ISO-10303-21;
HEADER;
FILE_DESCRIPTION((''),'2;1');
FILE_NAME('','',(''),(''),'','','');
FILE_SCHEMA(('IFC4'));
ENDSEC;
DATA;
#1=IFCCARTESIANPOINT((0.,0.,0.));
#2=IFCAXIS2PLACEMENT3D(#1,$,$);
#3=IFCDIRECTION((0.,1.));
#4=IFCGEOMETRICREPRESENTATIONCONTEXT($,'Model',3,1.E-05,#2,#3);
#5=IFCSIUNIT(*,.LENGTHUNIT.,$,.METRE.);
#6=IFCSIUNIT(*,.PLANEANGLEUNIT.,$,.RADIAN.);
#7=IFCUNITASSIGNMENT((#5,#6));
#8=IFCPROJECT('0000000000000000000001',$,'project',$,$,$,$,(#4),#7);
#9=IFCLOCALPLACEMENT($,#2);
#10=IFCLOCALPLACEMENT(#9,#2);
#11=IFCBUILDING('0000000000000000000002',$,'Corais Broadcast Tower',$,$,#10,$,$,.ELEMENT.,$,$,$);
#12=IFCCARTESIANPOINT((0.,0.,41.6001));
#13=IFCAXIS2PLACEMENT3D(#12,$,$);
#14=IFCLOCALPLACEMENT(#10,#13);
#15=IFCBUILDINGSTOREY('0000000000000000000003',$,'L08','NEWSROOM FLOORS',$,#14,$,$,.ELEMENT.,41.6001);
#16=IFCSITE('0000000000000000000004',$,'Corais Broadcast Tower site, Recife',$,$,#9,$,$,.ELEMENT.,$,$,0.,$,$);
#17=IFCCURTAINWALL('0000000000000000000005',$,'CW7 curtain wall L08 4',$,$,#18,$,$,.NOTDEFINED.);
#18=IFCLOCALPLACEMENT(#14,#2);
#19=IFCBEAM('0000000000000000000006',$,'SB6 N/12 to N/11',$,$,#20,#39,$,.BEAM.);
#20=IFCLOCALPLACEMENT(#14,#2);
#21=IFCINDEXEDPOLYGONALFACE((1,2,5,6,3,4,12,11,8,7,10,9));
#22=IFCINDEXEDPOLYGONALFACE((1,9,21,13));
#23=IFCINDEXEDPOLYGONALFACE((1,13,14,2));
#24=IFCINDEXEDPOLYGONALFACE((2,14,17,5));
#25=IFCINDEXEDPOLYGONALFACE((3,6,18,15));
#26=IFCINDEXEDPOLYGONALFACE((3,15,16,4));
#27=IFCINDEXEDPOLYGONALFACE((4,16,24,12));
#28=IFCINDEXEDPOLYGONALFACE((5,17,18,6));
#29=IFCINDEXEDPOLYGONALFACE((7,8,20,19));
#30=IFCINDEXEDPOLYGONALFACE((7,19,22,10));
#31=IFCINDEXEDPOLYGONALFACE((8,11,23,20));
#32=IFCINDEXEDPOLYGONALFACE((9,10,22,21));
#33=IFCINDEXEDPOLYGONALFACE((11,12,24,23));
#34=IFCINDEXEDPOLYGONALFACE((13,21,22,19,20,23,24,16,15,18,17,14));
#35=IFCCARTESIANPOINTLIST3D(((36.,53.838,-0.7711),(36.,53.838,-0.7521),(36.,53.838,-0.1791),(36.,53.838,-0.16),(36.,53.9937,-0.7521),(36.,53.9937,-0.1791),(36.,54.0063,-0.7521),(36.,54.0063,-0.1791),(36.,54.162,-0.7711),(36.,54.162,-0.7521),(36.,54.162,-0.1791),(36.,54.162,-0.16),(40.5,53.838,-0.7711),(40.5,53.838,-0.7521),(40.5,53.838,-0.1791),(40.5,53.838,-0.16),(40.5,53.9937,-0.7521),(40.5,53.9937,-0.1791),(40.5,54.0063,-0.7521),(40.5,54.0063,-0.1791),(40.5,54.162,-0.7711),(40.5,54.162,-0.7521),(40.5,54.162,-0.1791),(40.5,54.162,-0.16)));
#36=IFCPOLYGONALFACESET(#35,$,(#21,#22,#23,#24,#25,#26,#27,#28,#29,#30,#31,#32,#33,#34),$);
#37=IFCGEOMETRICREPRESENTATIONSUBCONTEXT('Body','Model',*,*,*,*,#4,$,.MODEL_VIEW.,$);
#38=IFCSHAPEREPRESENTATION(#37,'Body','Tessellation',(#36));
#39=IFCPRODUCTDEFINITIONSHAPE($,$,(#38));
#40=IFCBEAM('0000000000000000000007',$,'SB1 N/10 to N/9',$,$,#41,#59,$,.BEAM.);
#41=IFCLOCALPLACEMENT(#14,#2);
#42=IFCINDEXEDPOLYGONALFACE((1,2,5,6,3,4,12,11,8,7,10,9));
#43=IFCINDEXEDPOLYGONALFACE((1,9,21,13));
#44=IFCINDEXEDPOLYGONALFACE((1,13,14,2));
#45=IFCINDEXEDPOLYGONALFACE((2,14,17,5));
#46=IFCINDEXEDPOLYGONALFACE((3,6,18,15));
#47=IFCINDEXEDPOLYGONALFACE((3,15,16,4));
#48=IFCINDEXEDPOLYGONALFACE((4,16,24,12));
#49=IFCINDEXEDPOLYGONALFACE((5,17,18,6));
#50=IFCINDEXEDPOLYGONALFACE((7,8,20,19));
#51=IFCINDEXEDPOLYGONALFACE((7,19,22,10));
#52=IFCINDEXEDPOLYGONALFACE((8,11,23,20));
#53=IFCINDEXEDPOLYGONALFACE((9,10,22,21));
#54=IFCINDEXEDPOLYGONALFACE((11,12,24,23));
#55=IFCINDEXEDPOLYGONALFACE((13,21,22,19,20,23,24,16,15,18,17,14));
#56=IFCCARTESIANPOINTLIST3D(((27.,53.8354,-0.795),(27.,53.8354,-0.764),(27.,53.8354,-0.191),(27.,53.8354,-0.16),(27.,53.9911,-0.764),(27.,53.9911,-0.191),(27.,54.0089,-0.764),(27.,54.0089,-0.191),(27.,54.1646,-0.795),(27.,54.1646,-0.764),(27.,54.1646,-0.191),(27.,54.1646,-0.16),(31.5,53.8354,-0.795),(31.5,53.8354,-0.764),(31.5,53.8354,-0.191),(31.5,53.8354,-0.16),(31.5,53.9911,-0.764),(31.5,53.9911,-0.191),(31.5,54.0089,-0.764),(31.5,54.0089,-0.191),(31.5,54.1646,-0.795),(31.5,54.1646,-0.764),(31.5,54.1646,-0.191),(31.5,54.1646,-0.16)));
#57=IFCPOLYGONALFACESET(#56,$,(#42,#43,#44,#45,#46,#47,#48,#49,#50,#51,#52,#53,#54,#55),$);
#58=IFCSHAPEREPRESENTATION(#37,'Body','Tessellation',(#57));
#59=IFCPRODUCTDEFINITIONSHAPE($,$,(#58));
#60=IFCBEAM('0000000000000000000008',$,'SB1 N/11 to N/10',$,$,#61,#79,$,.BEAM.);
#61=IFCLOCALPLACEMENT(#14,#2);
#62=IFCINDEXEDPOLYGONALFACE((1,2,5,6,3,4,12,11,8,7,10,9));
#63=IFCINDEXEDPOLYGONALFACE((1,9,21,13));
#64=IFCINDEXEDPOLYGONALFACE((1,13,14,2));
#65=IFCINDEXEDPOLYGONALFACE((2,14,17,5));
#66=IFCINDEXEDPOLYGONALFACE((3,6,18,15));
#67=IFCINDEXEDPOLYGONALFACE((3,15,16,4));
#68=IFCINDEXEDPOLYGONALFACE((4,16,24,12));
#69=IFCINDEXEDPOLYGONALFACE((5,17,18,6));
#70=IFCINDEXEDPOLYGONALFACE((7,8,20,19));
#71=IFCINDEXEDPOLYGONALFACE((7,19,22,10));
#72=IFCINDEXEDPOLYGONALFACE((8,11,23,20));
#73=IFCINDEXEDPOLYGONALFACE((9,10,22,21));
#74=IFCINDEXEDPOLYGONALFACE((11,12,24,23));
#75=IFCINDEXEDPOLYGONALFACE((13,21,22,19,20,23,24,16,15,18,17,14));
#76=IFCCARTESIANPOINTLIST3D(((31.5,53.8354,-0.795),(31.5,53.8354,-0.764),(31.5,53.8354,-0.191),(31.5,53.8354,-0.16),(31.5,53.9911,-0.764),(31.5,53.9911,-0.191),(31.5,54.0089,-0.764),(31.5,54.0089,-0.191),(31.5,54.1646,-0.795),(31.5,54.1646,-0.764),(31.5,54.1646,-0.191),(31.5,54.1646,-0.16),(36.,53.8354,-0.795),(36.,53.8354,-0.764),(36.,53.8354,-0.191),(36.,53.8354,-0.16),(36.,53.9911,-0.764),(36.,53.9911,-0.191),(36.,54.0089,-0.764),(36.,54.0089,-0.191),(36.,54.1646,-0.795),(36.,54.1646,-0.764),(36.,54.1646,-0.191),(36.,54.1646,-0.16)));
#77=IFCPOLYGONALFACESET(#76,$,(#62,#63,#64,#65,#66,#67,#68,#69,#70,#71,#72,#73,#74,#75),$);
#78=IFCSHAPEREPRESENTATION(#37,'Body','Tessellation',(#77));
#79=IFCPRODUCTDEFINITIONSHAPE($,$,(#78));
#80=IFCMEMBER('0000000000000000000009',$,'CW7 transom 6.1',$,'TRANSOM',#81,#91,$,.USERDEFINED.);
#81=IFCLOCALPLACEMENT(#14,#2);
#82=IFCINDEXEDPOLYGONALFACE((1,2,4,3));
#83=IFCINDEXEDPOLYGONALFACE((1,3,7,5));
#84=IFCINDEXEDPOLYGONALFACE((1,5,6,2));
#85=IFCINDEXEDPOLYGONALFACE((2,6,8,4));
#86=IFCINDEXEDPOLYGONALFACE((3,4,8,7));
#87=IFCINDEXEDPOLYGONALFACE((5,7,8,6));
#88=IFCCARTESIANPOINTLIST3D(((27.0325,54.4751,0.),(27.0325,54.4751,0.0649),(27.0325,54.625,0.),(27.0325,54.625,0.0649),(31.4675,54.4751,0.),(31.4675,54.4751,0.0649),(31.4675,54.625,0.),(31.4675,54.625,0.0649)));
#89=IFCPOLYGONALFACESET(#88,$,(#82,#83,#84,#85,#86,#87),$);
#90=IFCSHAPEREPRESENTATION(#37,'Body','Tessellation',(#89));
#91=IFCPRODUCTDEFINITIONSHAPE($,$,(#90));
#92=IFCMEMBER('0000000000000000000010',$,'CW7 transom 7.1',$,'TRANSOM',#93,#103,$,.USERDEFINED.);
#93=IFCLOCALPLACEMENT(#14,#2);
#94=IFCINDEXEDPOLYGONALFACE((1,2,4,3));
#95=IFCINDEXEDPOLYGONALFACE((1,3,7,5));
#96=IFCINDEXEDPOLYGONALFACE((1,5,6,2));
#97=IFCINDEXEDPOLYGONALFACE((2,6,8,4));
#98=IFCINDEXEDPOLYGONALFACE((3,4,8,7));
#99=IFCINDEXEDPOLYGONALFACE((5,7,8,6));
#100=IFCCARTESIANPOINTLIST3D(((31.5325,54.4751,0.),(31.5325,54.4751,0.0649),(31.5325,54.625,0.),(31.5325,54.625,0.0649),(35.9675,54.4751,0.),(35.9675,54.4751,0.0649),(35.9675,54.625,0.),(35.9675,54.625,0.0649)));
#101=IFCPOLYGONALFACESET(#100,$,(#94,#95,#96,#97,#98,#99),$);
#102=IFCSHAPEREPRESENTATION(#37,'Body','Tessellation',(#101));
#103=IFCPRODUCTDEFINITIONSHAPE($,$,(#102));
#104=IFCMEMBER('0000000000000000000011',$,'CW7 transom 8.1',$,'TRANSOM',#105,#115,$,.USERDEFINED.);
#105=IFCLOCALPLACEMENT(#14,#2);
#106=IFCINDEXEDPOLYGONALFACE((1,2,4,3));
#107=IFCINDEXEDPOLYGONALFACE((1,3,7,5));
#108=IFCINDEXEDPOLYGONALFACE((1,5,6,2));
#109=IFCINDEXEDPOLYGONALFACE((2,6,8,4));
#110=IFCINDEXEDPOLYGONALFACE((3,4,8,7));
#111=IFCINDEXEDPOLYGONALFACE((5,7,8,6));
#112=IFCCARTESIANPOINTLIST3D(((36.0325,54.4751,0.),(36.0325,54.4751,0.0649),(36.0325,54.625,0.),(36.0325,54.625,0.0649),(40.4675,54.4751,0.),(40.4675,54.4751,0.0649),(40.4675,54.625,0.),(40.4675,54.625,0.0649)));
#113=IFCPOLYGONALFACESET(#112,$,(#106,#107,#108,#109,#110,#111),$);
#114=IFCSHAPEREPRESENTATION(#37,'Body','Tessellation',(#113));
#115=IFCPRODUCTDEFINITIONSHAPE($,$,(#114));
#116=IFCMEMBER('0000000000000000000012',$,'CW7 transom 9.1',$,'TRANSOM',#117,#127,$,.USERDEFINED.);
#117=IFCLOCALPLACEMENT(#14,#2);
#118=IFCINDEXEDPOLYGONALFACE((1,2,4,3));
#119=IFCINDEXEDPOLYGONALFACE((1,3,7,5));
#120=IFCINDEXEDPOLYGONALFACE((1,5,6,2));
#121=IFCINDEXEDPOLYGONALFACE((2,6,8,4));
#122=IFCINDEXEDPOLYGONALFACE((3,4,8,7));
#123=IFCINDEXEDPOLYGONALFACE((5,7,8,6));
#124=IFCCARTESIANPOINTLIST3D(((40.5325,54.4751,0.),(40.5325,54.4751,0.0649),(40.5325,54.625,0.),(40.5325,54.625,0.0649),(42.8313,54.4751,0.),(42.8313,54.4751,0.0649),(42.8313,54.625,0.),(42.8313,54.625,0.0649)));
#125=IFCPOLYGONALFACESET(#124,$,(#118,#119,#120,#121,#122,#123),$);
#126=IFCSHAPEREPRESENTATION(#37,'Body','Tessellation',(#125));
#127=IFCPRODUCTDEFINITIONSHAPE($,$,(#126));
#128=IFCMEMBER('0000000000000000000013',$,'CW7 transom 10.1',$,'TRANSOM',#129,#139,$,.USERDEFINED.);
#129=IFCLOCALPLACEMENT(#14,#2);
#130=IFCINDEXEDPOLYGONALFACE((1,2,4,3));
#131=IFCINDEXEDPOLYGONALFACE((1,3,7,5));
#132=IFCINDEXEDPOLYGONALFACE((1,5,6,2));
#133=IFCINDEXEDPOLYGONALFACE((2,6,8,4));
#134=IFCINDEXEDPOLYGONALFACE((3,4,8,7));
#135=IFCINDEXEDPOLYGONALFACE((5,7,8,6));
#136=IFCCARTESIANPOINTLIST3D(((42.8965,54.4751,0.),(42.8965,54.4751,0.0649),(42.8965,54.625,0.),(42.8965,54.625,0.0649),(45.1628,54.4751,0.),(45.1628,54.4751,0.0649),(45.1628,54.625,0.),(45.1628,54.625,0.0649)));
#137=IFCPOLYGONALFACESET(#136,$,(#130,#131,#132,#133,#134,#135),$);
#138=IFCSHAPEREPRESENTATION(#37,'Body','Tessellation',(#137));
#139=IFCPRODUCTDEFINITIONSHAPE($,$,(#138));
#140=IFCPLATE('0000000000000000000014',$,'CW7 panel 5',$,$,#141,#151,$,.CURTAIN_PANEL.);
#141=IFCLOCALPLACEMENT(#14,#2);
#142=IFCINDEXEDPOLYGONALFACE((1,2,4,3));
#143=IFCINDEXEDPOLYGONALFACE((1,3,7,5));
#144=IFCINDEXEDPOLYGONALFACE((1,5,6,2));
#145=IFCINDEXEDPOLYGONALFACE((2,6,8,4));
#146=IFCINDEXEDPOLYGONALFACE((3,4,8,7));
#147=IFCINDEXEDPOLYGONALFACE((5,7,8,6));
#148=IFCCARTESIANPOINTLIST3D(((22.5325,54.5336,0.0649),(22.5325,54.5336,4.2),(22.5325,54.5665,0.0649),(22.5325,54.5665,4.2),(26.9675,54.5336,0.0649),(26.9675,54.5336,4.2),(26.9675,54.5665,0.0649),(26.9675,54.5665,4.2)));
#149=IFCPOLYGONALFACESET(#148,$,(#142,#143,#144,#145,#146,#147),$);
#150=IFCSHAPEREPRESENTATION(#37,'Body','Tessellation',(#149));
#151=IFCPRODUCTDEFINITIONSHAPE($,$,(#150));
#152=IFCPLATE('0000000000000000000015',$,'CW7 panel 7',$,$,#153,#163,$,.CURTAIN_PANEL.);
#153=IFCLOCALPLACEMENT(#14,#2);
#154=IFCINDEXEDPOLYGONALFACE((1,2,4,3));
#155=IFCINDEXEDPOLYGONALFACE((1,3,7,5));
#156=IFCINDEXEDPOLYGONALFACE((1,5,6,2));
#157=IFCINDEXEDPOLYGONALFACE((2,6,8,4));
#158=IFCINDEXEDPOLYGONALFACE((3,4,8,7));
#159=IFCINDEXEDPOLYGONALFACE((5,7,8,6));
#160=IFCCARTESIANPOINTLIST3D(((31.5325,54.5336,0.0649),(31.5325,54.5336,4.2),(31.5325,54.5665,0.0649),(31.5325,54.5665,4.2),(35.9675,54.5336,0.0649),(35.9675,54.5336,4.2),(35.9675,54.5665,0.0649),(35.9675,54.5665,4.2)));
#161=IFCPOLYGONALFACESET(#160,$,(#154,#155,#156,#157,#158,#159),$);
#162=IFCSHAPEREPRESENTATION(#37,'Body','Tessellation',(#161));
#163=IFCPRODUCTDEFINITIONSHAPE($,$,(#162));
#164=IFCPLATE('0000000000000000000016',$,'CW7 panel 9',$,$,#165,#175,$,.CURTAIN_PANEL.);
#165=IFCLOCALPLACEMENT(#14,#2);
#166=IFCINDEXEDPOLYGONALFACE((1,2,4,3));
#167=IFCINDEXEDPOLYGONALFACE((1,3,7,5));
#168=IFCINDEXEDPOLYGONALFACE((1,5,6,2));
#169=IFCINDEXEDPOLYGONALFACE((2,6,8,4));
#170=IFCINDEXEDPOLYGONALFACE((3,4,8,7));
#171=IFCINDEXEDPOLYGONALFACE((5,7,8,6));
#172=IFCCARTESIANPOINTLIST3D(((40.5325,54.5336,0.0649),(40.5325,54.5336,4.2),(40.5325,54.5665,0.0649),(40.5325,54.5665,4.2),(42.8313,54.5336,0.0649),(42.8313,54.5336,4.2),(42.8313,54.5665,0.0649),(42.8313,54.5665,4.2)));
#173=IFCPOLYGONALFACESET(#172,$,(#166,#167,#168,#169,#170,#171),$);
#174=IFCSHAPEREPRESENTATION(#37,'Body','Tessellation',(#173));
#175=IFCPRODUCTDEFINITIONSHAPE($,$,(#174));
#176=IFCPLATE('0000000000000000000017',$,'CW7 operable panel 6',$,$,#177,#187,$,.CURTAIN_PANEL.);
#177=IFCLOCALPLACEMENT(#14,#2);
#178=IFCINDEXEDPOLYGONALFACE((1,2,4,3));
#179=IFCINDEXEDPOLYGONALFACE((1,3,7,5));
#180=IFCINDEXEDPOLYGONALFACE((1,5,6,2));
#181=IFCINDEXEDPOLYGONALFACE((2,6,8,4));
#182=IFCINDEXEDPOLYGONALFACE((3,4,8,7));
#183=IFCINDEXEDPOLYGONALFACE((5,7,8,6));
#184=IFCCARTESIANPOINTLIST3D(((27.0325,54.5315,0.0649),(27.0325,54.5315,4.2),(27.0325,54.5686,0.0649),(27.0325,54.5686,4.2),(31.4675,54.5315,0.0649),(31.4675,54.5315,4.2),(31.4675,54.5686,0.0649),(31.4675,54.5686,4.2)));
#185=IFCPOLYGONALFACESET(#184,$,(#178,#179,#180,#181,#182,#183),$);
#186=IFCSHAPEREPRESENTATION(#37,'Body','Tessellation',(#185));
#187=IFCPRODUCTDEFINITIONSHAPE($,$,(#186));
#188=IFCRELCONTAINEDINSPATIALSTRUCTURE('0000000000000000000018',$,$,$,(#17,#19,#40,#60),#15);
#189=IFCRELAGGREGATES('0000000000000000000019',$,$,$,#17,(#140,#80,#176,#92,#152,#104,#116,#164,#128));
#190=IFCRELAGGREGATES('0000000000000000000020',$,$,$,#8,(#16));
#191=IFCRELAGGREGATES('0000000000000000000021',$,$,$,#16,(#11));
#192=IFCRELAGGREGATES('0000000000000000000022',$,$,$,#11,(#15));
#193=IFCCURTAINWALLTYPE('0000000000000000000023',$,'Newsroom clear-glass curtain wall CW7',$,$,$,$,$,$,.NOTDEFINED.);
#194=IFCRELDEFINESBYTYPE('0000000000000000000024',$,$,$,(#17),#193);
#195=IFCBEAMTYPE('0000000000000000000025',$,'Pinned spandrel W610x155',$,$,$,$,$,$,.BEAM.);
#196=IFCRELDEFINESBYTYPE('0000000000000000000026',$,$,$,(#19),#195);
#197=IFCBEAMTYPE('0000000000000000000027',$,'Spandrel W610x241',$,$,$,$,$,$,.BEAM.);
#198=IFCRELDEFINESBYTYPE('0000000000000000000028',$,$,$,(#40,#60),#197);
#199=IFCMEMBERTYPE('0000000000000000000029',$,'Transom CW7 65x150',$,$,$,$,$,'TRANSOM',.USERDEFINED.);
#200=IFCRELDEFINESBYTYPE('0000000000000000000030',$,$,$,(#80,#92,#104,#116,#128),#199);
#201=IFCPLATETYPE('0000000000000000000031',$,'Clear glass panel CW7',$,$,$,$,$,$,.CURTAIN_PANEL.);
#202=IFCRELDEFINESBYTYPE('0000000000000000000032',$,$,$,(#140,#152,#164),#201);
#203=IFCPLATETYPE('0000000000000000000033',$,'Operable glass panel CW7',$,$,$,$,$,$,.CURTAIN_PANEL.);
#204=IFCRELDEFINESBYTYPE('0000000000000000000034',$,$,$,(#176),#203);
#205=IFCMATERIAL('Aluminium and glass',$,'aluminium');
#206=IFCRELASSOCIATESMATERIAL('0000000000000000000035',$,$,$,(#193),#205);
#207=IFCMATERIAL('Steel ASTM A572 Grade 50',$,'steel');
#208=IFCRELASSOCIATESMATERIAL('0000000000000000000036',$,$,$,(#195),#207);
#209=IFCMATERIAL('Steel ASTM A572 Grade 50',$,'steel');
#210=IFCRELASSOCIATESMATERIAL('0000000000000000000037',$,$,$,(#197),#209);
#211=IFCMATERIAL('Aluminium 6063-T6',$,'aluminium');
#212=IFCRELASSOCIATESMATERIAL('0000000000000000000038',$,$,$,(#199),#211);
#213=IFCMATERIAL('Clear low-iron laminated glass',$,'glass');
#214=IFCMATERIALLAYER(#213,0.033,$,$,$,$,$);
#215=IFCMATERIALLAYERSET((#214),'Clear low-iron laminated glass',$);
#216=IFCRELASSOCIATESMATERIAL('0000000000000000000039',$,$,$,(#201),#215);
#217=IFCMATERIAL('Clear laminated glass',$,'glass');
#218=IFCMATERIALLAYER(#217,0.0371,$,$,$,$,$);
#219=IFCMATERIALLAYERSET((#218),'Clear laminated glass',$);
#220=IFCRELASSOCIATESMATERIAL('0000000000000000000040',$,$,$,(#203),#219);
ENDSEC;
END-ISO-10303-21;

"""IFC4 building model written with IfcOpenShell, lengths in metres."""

from ifc_helpers import new_model, si_unit, direction, frame, origin, origin_2d, place, context, subcontext, project, spatial, rectangle, i_section, extrude, material, layer, layer_set, material_profile, profile_set, type_object, element, aggregate, save


model = new_model("IFC4")

# Units and contexts
model_context = context("Model", 3, precision=1e-05, world=origin(), true_north=direction((0.0, 1.0)))
body_context = subcontext(model_context, "Body", "Model", "MODEL_VIEW")
ifc_project = project(units=[si_unit("LENGTHUNIT", "METRE"), si_unit("PLANEANGLEUNIT", "RADIAN")], contexts=[model_context])

# Site, building, storey
site_placement = place(None, origin())
site = spatial("IfcSite", under=ifc_project, at=site_placement, Name="Corais Broadcast Tower site, Recife", CompositionType="ELEMENT", RefElevation=0.0)
building_placement = place(site_placement, origin())
building = spatial("IfcBuilding", under=site, at=building_placement, Name="Corais Broadcast Tower", CompositionType="ELEMENT")
storey_placement = place(building_placement, frame((0.0, 0.0, 41.6001)))
storey = spatial("IfcBuildingStorey", under=building, at=storey_placement, Name="L08", Description="NEWSROOM FLOORS", CompositionType="ELEMENT", Elevation=41.6001)

# Curtain wall
ifc_material_1 = material(Name="Aluminium and glass", Category="aluminium")
curtain_wall_type = type_object("IfcCurtainWallType", Name="Newsroom clear-glass curtain wall CW7", PredefinedType="NOTDEFINED", material=ifc_material_1)
curtain_wall_placement = place(storey_placement, origin())
curtain_wall = element("IfcCurtainWall", 1, at=curtain_wall_placement, inside=storey, type_object=curtain_wall_type, Name="CW7 curtain wall L08 4", PredefinedType="NOTDEFINED")

# Beams
ifc_material_2 = material(Name="Steel ASTM A572 Grade 50", Category="steel")
ifc_material_profile_1 = material_profile(ifc_material_2, i_section(OverallWidth=0.324, OverallDepth=0.6111, WebThickness=0.0127, FlangeThickness=0.019, at=origin_2d()), Name="W610x155")
ifc_profile_set_1 = profile_set([ifc_material_profile_1], Name="Steel ASTM A572 Grade 50")
beam_type_1 = type_object("IfcBeamType", Name="Pinned spandrel W610x155", PredefinedType="BEAM", material=ifc_profile_set_1)
beam_placement = place(storey_placement, frame((40.5, 54.0, -0.4656), z_axis=(-1.0, 0.0, 0.0), x_axis=(0.0, -1.0, 0.0)))
element("IfcBeam", 2, at=beam_placement, inside=storey, type_object=beam_type_1, Name="SB6 N/12 to N/11", PredefinedType="BEAM", context=body_context, shape_type="SweptSolid", body=[
    extrude(i_section(OverallWidth=0.324, OverallDepth=0.6111, WebThickness=0.0127, FlangeThickness=0.019, at=origin_2d()), origin(), (0.0, 0.0, 1.0), 4.5),
])
ifc_material_3 = material(Name="Steel ASTM A572 Grade 50", Category="steel")
ifc_material_profile_2 = material_profile(ifc_material_3, i_section(OverallWidth=0.3291, OverallDepth=0.635, WebThickness=0.0178, FlangeThickness=0.031, at=origin_2d()), Name="W610x241")
ifc_profile_set_2 = profile_set([ifc_material_profile_2], Name="Steel ASTM A572 Grade 50")
beam_type_2 = type_object("IfcBeamType", Name="Spandrel W610x241", PredefinedType="BEAM", material=ifc_profile_set_2)
for number, where, z_axis, x_axis, name in (
    (3, (31.5, 54.0, -0.4775), (-1.0, 0.0, 0.0), (0.0, -1.0, 0.0), "SB1 N/10 to N/9"),
    (4, (36.0, 54.0, -0.4775), (-1.0, 0.0, 0.0), (0.0, -1.0, 0.0), "SB1 N/11 to N/10"),
):
    element("IfcBeam", number, at=place(storey_placement, frame(where, z_axis=z_axis, x_axis=x_axis)), inside=storey, type_object=beam_type_2, Name=name, PredefinedType="BEAM", context=body_context, shape_type="SweptSolid", body=[
        extrude(i_section(OverallWidth=0.3291, OverallDepth=0.635, WebThickness=0.0178, FlangeThickness=0.031, at=origin_2d()), origin(), (0.0, 0.0, 1.0), 4.5),
    ])

# Members
ifc_material_4 = material(Name="Aluminium 6063-T6", Category="aluminium")
ifc_material_profile_3 = material_profile(ifc_material_4, rectangle(XDim=0.1499, YDim=0.0649, at=origin_2d()), Name="Transom CW7 65x150")
ifc_profile_set_3 = profile_set([ifc_material_profile_3], Name="Aluminium 6063-T6")
member_type_1 = type_object("IfcMemberType", Name="Transom CW7 65x150", ElementType="TRANSOM", PredefinedType="USERDEFINED", material=ifc_profile_set_3)
member_1_placement = place(storey_placement, frame((27.0325, 54.55, 0.0325), z_axis=(1.0, 0.0, 0.0), x_axis=(0.0, 1.0, 0.0)))
member_1 = element("IfcMember", 5, at=member_1_placement, type_object=member_type_1, Name="CW7 transom 6.1", ObjectType="TRANSOM", PredefinedType="USERDEFINED", context=body_context, shape_type="SweptSolid", body=[
    extrude(rectangle(XDim=0.1499, YDim=0.0649, at=origin_2d()), origin(), (0.0, 0.0, 1.0), 4.4351),
])
member_2_placement = place(storey_placement, frame((31.5325, 54.55, 0.0325), z_axis=(1.0, 0.0, 0.0), x_axis=(0.0, 1.0, 0.0)))
member_2 = element("IfcMember", 6, at=member_2_placement, type_object=member_type_1, Name="CW7 transom 7.1", ObjectType="TRANSOM", PredefinedType="USERDEFINED", context=body_context, shape_type="SweptSolid", body=[
    extrude(rectangle(XDim=0.1499, YDim=0.0649, at=origin_2d()), origin(), (0.0, 0.0, 1.0), 4.4351),
])
member_3_placement = place(storey_placement, frame((36.0325, 54.55, 0.0325), z_axis=(1.0, 0.0, 0.0), x_axis=(0.0, 1.0, 0.0)))
member_3 = element("IfcMember", 7, at=member_3_placement, type_object=member_type_1, Name="CW7 transom 8.1", ObjectType="TRANSOM", PredefinedType="USERDEFINED", context=body_context, shape_type="SweptSolid", body=[
    extrude(rectangle(XDim=0.1499, YDim=0.0649, at=origin_2d()), origin(), (0.0, 0.0, 1.0), 4.4351),
])
member_4_placement = place(storey_placement, frame((40.5325, 54.55, 0.0325), z_axis=(1.0, 0.0, 0.0), x_axis=(0.0, 1.0, 0.0)))
member_4 = element("IfcMember", 8, at=member_4_placement, type_object=member_type_1, Name="CW7 transom 9.1", ObjectType="TRANSOM", PredefinedType="USERDEFINED", context=body_context, shape_type="SweptSolid", body=[
    extrude(rectangle(XDim=0.1499, YDim=0.0649, at=origin_2d()), origin(), (0.0, 0.0, 1.0), 2.2988),
])
member_5_placement = place(storey_placement, frame((42.8965, 54.55, 0.0325), z_axis=(1.0, 0.0, 0.0), x_axis=(0.0, 1.0, 0.0)))
member_5 = element("IfcMember", 9, at=member_5_placement, type_object=member_type_1, Name="CW7 transom 10.1", ObjectType="TRANSOM", PredefinedType="USERDEFINED", context=body_context, shape_type="SweptSolid", body=[
    extrude(rectangle(XDim=0.1499, YDim=0.0649, at=origin_2d()), origin(), (0.0, 0.0, 1.0), 2.2664),
])

# Plates
ifc_material_5 = material(Name="Clear low-iron laminated glass", Category="glass")
ifc_layer_1 = layer(ifc_material_5, 0.033)
ifc_layer_set_1 = layer_set([ifc_layer_1], Name="Clear low-iron laminated glass")
plate_type_1 = type_object("IfcPlateType", Name="Clear glass panel CW7", PredefinedType="CURTAIN_PANEL", material=ifc_layer_set_1)
plate_1_placement = place(storey_placement, frame((24.75, 54.55, 0.0649), z_axis=(0.0, 0.0, 1.0), x_axis=(1.0, 0.0, 0.0)))
plate_1 = element("IfcPlate", 10, at=plate_1_placement, type_object=plate_type_1, Name="CW7 panel 5", PredefinedType="CURTAIN_PANEL", context=body_context, shape_type="SweptSolid", body=[
    extrude(rectangle(XDim=4.4351, YDim=0.033, at=origin_2d()), origin(), (0.0, 0.0, 1.0), 4.135),
])
plate_2_placement = place(storey_placement, frame((33.75, 54.55, 0.0649), z_axis=(0.0, 0.0, 1.0), x_axis=(1.0, 0.0, 0.0)))
plate_2 = element("IfcPlate", 11, at=plate_2_placement, type_object=plate_type_1, Name="CW7 panel 7", PredefinedType="CURTAIN_PANEL", context=body_context, shape_type="SweptSolid", body=[
    extrude(rectangle(XDim=4.4351, YDim=0.033, at=origin_2d()), origin(), (0.0, 0.0, 1.0), 4.135),
])
plate_3_placement = place(storey_placement, frame((41.6819, 54.55, 0.0649), z_axis=(0.0, 0.0, 1.0), x_axis=(1.0, 0.0, 0.0)))
plate_3 = element("IfcPlate", 12, at=plate_3_placement, type_object=plate_type_1, Name="CW7 panel 9", PredefinedType="CURTAIN_PANEL", context=body_context, shape_type="SweptSolid", body=[
    extrude(rectangle(XDim=2.2988, YDim=0.033, at=origin_2d()), origin(), (0.0, 0.0, 1.0), 4.135),
])
ifc_material_6 = material(Name="Clear laminated glass", Category="glass")
ifc_layer_2 = layer(ifc_material_6, 0.0371)
ifc_layer_set_2 = layer_set([ifc_layer_2], Name="Clear laminated glass")
plate_type_2 = type_object("IfcPlateType", Name="Operable glass panel CW7", PredefinedType="CURTAIN_PANEL", material=ifc_layer_set_2)
plate_4_placement = place(storey_placement, frame((29.25, 54.55, 0.0649), z_axis=(0.0, 0.0, 1.0), x_axis=(1.0, 0.0, 0.0)))
plate_4 = element("IfcPlate", 13, at=plate_4_placement, type_object=plate_type_2, Name="CW7 operable panel 6", PredefinedType="CURTAIN_PANEL", context=body_context, shape_type="SweptSolid", body=[
    extrude(rectangle(XDim=4.4351, YDim=0.0371, at=origin_2d()), origin(), (0.0, 0.0, 1.0), 4.135),
])
aggregate(curtain_wall, [plate_1, member_1, plate_4, member_2, plate_2, member_3, member_4, plate_3, member_5])

save(model, "model.ifc")
